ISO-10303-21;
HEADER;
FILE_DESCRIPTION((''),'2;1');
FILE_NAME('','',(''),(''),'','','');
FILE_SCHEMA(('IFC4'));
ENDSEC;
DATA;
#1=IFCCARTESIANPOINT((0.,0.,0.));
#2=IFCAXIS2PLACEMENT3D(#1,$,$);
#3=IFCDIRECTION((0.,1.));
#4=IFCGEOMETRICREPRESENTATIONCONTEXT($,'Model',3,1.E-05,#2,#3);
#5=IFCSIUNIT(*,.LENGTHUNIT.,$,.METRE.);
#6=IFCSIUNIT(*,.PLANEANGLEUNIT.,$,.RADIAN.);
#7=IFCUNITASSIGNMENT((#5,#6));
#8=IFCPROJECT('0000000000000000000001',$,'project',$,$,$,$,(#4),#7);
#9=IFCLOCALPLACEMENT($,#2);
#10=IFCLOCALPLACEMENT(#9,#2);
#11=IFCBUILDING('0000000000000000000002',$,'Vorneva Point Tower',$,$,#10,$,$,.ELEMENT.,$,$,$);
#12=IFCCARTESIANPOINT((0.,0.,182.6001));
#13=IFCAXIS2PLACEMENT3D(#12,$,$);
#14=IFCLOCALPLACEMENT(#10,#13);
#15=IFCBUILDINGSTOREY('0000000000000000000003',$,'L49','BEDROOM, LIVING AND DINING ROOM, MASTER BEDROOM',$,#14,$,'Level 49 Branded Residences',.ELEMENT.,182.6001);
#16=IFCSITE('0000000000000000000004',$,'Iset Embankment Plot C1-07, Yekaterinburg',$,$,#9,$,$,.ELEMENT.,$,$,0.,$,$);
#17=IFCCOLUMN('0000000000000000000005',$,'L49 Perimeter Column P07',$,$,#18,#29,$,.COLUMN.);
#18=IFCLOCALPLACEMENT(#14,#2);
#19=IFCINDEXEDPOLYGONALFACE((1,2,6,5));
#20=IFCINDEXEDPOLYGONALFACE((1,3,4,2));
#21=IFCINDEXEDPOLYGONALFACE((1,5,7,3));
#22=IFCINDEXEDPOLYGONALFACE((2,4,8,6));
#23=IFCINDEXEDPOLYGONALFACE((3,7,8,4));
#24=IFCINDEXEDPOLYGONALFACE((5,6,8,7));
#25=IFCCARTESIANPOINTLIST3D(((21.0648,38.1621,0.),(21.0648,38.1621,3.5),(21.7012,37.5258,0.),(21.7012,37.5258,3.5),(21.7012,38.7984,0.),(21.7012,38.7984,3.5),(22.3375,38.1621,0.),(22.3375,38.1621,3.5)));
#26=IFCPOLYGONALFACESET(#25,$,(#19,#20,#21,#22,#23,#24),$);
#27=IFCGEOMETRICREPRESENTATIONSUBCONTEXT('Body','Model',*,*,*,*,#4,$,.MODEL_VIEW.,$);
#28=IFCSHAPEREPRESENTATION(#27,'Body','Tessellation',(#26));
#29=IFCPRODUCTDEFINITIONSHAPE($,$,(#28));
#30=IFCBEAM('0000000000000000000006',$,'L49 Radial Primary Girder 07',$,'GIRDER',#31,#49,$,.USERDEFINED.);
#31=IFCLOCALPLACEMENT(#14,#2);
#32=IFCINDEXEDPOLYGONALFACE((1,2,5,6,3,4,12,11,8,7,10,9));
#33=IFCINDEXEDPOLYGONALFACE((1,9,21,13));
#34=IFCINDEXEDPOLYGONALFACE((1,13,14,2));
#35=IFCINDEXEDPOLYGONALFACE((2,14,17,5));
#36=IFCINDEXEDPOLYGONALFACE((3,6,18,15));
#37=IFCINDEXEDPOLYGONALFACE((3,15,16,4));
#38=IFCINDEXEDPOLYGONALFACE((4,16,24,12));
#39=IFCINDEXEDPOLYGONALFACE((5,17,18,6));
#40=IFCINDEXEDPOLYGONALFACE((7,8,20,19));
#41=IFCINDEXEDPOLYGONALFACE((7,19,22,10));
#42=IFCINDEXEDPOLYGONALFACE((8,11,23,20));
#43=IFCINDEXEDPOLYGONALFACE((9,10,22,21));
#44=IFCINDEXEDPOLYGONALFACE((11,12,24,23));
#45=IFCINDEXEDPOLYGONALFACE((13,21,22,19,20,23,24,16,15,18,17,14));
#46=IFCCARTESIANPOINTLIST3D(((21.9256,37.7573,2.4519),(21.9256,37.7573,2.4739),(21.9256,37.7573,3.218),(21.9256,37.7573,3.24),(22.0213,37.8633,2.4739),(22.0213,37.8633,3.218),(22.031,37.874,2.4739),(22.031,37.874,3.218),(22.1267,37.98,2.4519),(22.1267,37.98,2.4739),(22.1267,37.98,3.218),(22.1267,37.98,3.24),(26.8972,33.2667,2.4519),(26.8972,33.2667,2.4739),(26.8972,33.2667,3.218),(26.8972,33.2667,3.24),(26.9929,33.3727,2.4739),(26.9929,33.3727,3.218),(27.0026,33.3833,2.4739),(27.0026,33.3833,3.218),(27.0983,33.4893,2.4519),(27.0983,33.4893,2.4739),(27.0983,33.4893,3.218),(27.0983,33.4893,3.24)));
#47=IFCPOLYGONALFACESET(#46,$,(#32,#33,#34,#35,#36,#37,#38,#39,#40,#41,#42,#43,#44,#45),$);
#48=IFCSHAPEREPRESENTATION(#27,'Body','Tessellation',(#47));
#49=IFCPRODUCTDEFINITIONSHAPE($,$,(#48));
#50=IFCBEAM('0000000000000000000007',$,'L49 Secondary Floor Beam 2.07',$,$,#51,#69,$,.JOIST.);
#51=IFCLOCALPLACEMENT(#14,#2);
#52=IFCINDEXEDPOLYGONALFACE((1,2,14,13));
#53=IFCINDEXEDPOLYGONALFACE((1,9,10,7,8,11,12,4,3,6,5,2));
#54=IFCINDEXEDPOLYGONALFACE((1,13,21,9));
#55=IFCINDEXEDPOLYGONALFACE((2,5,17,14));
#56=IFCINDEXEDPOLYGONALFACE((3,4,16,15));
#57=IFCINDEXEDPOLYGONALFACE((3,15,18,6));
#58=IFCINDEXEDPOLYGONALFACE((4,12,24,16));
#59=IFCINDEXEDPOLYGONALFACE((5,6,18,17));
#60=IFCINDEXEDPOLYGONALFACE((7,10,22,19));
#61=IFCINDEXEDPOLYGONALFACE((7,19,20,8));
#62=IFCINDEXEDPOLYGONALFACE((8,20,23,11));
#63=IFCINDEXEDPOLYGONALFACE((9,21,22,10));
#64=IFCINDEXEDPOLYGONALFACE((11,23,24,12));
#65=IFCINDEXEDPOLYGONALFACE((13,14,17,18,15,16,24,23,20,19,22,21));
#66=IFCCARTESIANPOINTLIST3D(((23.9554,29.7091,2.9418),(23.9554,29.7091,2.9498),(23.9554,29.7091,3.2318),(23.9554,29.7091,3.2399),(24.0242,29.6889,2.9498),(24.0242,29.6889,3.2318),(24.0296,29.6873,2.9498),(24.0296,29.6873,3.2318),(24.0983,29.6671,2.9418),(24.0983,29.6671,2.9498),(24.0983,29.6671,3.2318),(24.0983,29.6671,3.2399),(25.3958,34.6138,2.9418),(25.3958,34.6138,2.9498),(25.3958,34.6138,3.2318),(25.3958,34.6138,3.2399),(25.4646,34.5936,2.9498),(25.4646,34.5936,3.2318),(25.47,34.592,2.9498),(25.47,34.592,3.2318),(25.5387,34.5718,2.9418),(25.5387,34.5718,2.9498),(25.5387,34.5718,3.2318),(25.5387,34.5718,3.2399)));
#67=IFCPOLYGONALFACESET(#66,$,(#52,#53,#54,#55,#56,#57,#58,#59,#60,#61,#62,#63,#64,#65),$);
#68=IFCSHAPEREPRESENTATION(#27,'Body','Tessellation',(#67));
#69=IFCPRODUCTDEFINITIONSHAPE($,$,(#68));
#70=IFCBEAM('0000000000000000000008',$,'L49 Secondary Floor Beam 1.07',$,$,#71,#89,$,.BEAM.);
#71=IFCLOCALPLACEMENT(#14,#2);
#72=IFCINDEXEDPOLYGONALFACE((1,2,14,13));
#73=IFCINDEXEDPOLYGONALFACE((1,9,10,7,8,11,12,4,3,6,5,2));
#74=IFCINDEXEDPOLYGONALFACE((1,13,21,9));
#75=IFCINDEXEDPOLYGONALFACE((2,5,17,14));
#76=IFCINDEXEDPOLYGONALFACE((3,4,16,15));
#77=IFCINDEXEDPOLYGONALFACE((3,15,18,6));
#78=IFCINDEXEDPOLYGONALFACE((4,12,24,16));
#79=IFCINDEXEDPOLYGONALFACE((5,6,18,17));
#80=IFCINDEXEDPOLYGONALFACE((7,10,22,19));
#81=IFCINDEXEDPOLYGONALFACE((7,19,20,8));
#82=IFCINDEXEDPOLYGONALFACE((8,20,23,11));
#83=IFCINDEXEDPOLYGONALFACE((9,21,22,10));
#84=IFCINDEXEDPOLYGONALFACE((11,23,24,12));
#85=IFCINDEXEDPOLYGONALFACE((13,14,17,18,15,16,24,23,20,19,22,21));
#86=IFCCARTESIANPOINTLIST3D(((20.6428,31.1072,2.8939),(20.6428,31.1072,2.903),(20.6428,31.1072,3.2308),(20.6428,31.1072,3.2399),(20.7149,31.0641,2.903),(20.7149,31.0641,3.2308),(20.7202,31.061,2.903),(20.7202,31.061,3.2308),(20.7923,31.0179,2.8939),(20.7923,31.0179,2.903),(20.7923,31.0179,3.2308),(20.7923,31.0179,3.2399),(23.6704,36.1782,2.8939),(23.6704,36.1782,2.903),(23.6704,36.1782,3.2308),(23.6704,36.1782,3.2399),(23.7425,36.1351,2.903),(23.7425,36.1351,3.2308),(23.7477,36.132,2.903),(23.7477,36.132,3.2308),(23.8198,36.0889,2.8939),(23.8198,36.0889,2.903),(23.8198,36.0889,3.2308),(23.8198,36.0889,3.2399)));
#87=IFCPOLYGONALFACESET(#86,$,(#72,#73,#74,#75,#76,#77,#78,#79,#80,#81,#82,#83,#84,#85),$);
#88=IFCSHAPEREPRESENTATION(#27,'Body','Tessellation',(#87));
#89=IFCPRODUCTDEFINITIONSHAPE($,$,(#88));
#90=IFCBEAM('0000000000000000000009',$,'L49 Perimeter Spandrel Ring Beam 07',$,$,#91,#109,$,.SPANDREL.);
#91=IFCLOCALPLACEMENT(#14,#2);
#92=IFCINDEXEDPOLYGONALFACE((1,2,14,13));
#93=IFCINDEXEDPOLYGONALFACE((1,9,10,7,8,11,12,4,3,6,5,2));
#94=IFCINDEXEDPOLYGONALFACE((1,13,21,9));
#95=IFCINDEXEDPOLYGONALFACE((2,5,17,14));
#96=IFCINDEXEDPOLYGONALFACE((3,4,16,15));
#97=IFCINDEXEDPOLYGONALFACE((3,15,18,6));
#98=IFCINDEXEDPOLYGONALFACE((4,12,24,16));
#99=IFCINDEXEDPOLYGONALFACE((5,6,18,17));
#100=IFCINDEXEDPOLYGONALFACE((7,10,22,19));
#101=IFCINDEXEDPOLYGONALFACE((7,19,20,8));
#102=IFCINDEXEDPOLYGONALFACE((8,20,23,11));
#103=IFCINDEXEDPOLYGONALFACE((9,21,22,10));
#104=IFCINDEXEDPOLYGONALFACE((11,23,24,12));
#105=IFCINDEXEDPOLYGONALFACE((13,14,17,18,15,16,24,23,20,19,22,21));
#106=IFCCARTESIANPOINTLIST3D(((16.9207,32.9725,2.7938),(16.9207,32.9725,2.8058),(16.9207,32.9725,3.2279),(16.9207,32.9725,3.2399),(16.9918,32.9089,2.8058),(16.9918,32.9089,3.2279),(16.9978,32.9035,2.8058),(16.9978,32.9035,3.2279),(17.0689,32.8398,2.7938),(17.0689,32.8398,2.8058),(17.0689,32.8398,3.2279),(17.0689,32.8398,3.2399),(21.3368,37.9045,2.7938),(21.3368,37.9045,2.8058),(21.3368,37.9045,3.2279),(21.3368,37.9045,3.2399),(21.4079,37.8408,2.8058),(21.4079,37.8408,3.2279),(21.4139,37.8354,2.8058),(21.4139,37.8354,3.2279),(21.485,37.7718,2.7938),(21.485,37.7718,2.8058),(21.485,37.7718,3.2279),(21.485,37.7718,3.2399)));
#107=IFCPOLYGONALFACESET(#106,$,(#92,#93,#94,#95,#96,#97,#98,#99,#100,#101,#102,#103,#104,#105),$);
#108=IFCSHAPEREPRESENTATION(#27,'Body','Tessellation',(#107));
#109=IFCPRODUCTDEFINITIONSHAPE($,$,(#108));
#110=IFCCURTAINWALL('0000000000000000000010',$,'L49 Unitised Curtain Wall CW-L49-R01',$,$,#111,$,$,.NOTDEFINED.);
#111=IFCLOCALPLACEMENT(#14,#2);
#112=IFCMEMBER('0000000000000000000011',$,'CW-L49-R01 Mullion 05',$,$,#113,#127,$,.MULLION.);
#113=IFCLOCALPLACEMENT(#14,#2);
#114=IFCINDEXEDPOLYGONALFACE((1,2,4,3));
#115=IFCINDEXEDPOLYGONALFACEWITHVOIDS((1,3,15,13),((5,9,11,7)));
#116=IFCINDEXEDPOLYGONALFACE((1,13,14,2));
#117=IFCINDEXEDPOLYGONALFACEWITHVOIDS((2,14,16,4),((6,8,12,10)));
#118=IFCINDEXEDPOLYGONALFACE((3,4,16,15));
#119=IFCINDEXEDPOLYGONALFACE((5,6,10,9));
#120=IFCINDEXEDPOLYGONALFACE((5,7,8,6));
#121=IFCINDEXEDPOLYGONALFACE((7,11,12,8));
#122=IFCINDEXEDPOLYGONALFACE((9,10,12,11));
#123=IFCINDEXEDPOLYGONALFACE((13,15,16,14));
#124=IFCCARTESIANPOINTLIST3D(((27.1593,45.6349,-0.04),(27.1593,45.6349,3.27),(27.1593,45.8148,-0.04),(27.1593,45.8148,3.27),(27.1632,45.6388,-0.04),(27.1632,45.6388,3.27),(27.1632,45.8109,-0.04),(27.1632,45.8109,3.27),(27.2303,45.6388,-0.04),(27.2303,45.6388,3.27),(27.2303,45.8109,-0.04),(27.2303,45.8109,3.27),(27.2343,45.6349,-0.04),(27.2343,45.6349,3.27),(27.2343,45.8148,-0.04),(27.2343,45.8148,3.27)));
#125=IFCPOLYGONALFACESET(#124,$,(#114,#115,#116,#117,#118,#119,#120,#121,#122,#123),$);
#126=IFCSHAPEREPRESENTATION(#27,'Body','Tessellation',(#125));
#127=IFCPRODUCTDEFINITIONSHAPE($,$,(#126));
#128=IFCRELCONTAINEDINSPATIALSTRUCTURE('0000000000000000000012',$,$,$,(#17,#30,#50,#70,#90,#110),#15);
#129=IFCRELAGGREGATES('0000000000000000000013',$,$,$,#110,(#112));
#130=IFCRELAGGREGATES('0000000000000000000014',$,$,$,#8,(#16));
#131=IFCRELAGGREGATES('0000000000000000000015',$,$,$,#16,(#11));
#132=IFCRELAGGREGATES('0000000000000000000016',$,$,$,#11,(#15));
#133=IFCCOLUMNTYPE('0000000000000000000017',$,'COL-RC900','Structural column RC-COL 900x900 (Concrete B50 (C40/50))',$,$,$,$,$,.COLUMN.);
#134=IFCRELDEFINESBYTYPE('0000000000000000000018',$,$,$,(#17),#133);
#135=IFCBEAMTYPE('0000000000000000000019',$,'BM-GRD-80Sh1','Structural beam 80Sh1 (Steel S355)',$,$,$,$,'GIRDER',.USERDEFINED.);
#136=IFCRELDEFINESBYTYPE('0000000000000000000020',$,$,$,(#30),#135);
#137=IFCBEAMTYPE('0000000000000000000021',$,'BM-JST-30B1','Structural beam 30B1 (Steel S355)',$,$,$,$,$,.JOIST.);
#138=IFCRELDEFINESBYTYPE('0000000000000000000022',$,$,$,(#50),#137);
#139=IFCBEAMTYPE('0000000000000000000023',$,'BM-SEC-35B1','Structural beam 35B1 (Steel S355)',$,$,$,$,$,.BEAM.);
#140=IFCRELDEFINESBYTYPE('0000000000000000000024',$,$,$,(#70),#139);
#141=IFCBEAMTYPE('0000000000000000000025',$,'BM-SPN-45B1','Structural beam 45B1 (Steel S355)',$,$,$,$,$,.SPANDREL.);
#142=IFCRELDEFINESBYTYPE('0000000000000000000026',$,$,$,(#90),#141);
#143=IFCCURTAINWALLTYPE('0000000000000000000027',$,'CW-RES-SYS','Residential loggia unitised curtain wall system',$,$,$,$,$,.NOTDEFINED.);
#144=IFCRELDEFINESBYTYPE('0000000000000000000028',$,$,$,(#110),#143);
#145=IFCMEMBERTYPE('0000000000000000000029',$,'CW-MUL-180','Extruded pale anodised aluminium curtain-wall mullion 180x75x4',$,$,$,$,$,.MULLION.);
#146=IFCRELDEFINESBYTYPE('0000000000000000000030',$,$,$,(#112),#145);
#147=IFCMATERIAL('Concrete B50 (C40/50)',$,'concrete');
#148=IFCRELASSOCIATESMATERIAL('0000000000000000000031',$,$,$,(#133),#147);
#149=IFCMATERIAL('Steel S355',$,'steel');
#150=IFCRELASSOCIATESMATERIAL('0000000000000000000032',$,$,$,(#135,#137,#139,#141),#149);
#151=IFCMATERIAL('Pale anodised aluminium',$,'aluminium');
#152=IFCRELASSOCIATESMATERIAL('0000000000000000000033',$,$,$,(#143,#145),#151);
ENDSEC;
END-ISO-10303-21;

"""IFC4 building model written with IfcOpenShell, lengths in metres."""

from ifc_helpers import new_model, si_unit, direction, frame, origin, origin_2d, place, context, subcontext, project, spatial, rectangle, hollow_rectangle, i_section, extrude, material, material_profile, profile_set, type_object, element, aggregate, save


model = new_model("IFC4")

# Units and contexts
model_context = context("Model", 3, precision=1e-05, world=origin(), true_north=direction((0.0, 1.0)))
body_context = subcontext(model_context, "Body", "Model", "MODEL_VIEW")
ifc_project = project(units=[si_unit("LENGTHUNIT", "METRE"), si_unit("PLANEANGLEUNIT", "RADIAN")], contexts=[model_context])

# Site, building, storey
site_placement = place(None, origin())
site = spatial("IfcSite", under=ifc_project, at=site_placement, Name="Iset Embankment Plot C1-07, Yekaterinburg", CompositionType="ELEMENT", RefElevation=0.0)
building_placement = place(site_placement, origin())
building = spatial("IfcBuilding", under=site, at=building_placement, Name="Vorneva Point Tower", CompositionType="ELEMENT")
storey_placement = place(building_placement, frame((0.0, 0.0, 182.6001)))
storey = spatial("IfcBuildingStorey", under=building, at=storey_placement, Name="L49", Description="BEDROOM, LIVING AND DINING ROOM, MASTER BEDROOM", LongName="Level 49 Branded Residences", CompositionType="ELEMENT", Elevation=182.6001)

# Column
ifc_material_1 = material(Name="Concrete B50 (C40/50)", Category="concrete")
ifc_material_profile_1 = material_profile(ifc_material_1, rectangle(XDim=0.8999, YDim=0.8999, at=origin_2d()), Name="RC-COL 900x900")
ifc_profile_set_1 = profile_set([ifc_material_profile_1], Name="Concrete B50 (C40/50)")
column_type = type_object("IfcColumnType", Name="COL-RC900", Description="Structural column RC-COL 900x900 (Concrete B50 (C40/50))", PredefinedType="COLUMN", material=ifc_profile_set_1)
column_placement = place(storey_placement, frame((21.7012, 38.1621, 0.0), z_axis=(0.0, 0.0, 1.0), x_axis=(-0.707107, 0.707107, 0.0)))
element("IfcColumn", 1, at=column_placement, inside=storey, type_object=column_type, Name="L49 Perimeter Column P07", PredefinedType="COLUMN", context=body_context, shape_type="SweptSolid", body=[
    extrude(rectangle(XDim=0.8999, YDim=0.8999, at=origin_2d()), origin(), (0.0, 0.0, 1.0), 3.5),
])

# Beams
ifc_material_2 = material(Name="Steel S355", Category="steel")
ifc_material_profile_2 = material_profile(ifc_material_2, i_section(OverallWidth=0.3, OverallDepth=0.7881, WebThickness=0.0144, FlangeThickness=0.022, at=origin_2d()), Name="80Sh1")
ifc_profile_set_2 = profile_set([ifc_material_profile_2], Name="Steel S355")
beam_type_1 = type_object("IfcBeamType", Name="BM-GRD-80Sh1", Description="Structural beam 80Sh1 (Steel S355)", ElementType="GIRDER", PredefinedType="USERDEFINED", material=ifc_profile_set_2)
beam_1_placement = place(storey_placement, frame((22.0261, 37.8687, 2.8459), z_axis=(0.74209, -0.670301, 0.0), x_axis=(0.670301, 0.74209, 0.0)))
element("IfcBeam", 2, at=beam_1_placement, inside=storey, type_object=beam_type_1, Name="L49 Radial Primary Girder 07", ObjectType="GIRDER", PredefinedType="USERDEFINED", context=body_context, shape_type="SweptSolid", body=[
    extrude(i_section(OverallWidth=0.3, OverallDepth=0.7881, WebThickness=0.0144, FlangeThickness=0.022, at=origin_2d()), origin(), (0.0, 0.0, 1.0), 6.6995),
])
ifc_material_profile_3 = material_profile(ifc_material_2, i_section(OverallWidth=0.1489, OverallDepth=0.2981, WebThickness=0.0056, FlangeThickness=0.0081, at=origin_2d()), Name="30B1")
ifc_profile_set_3 = profile_set([ifc_material_profile_3], Name="Steel S355")
beam_type_2 = type_object("IfcBeamType", Name="BM-JST-30B1", Description="Structural beam 30B1 (Steel S355)", PredefinedType="JOIST", material=ifc_profile_set_3)
beam_2_placement = place(storey_placement, frame((25.4673, 34.5928, 3.0908), z_axis=(-0.281778, -0.959479, 0.0), x_axis=(0.959479, -0.281778, 0.0)))
element("IfcBeam", 3, at=beam_2_placement, inside=storey, type_object=beam_type_2, Name="L49 Secondary Floor Beam 2.07", PredefinedType="JOIST", context=body_context, shape_type="SweptSolid", body=[
    extrude(i_section(OverallWidth=0.1489, OverallDepth=0.2981, WebThickness=0.0056, FlangeThickness=0.0081, at=origin_2d()), origin(), (0.0, 0.0, 1.0), 5.1118),
])
ifc_material_profile_4 = material_profile(ifc_material_2, i_section(OverallWidth=0.1741, OverallDepth=0.3459, WebThickness=0.0061, FlangeThickness=0.009, at=origin_2d()), Name="35B1")
ifc_profile_set_4 = profile_set([ifc_material_profile_4], Name="Steel S355")
beam_type_3 = type_object("IfcBeamType", Name="BM-SEC-35B1", Description="Structural beam 35B1 (Steel S355)", PredefinedType="BEAM", material=ifc_profile_set_4)
beam_3_placement = place(storey_placement, frame((23.7451, 36.1335, 3.0669), z_axis=(-0.512622, -0.858614, 0.0), x_axis=(0.858614, -0.512622, 0.0)))
element("IfcBeam", 4, at=beam_3_placement, inside=storey, type_object=beam_type_3, Name="L49 Secondary Floor Beam 1.07", PredefinedType="BEAM", context=body_context, shape_type="SweptSolid", body=[
    extrude(i_section(OverallWidth=0.1741, OverallDepth=0.3459, WebThickness=0.0061, FlangeThickness=0.009, at=origin_2d()), origin(), (0.0, 0.0, 1.0), 5.906),
])
ifc_material_profile_5 = material_profile(ifc_material_2, i_section(OverallWidth=0.199, OverallDepth=0.446, WebThickness=0.0081, FlangeThickness=0.012, at=origin_2d()), Name="45B1")
ifc_profile_set_5 = profile_set([ifc_material_profile_5], Name="Steel S355")
beam_type_4 = type_object("IfcBeamType", Name="BM-SPN-45B1", Description="Structural beam 45B1 (Steel S355)", PredefinedType="SPANDREL", material=ifc_profile_set_5)
beam_4_placement = place(storey_placement, frame((21.4109, 37.8381, 3.0168), z_axis=(-0.66707, -0.744995, 0.0), x_axis=(0.744995, -0.66707, 0.0)))
element("IfcBeam", 5, at=beam_4_placement, inside=storey, type_object=beam_type_4, Name="L49 Perimeter Spandrel Ring Beam 07", PredefinedType="SPANDREL", context=body_context, shape_type="SweptSolid", body=[
    extrude(i_section(OverallWidth=0.199, OverallDepth=0.446, WebThickness=0.0081, FlangeThickness=0.012, at=origin_2d()), origin(), (0.0, 0.0, 1.0), 6.6201),
])

# Curtain wall, member
ifc_material_3 = material(Name="Pale anodised aluminium", Category="aluminium")
curtain_wall_type = type_object("IfcCurtainWallType", Name="CW-RES-SYS", Description="Residential loggia unitised curtain wall system", PredefinedType="NOTDEFINED", material=ifc_material_3)
curtain_wall_placement = place(storey_placement, origin())
curtain_wall = element("IfcCurtainWall", 6, at=curtain_wall_placement, inside=storey, type_object=curtain_wall_type, Name="L49 Unitised Curtain Wall CW-L49-R01", PredefinedType="NOTDEFINED")
ifc_material_profile_6 = material_profile(ifc_material_3, hollow_rectangle(XDim=0.075, YDim=0.1799, WallThickness=0.0039, at=origin_2d()), Name="AL-MUL 180x75x4")
ifc_profile_set_6 = profile_set([ifc_material_profile_6], Name="Pale anodised aluminium")
member_type = type_object("IfcMemberType", Name="CW-MUL-180", Description="Extruded pale anodised aluminium curtain-wall mullion 180x75x4", PredefinedType="MULLION", material=ifc_profile_set_6)
member_placement = place(storey_placement, frame((27.1968, 45.7249, -0.04), z_axis=(0.0, 0.0, 1.0), x_axis=(1.0, 0.0, 0.0)))
member = element("IfcMember", 7, at=member_placement, type_object=member_type, Name="CW-L49-R01 Mullion 05", PredefinedType="MULLION", context=body_context, shape_type="SweptSolid", body=[
    extrude(hollow_rectangle(XDim=0.075, YDim=0.1799, WallThickness=0.0039, at=origin_2d()), origin(), (0.0, 0.0, 1.0), 3.3101),
])
aggregate(curtain_wall, [member])

save(model, "model.ifc")
